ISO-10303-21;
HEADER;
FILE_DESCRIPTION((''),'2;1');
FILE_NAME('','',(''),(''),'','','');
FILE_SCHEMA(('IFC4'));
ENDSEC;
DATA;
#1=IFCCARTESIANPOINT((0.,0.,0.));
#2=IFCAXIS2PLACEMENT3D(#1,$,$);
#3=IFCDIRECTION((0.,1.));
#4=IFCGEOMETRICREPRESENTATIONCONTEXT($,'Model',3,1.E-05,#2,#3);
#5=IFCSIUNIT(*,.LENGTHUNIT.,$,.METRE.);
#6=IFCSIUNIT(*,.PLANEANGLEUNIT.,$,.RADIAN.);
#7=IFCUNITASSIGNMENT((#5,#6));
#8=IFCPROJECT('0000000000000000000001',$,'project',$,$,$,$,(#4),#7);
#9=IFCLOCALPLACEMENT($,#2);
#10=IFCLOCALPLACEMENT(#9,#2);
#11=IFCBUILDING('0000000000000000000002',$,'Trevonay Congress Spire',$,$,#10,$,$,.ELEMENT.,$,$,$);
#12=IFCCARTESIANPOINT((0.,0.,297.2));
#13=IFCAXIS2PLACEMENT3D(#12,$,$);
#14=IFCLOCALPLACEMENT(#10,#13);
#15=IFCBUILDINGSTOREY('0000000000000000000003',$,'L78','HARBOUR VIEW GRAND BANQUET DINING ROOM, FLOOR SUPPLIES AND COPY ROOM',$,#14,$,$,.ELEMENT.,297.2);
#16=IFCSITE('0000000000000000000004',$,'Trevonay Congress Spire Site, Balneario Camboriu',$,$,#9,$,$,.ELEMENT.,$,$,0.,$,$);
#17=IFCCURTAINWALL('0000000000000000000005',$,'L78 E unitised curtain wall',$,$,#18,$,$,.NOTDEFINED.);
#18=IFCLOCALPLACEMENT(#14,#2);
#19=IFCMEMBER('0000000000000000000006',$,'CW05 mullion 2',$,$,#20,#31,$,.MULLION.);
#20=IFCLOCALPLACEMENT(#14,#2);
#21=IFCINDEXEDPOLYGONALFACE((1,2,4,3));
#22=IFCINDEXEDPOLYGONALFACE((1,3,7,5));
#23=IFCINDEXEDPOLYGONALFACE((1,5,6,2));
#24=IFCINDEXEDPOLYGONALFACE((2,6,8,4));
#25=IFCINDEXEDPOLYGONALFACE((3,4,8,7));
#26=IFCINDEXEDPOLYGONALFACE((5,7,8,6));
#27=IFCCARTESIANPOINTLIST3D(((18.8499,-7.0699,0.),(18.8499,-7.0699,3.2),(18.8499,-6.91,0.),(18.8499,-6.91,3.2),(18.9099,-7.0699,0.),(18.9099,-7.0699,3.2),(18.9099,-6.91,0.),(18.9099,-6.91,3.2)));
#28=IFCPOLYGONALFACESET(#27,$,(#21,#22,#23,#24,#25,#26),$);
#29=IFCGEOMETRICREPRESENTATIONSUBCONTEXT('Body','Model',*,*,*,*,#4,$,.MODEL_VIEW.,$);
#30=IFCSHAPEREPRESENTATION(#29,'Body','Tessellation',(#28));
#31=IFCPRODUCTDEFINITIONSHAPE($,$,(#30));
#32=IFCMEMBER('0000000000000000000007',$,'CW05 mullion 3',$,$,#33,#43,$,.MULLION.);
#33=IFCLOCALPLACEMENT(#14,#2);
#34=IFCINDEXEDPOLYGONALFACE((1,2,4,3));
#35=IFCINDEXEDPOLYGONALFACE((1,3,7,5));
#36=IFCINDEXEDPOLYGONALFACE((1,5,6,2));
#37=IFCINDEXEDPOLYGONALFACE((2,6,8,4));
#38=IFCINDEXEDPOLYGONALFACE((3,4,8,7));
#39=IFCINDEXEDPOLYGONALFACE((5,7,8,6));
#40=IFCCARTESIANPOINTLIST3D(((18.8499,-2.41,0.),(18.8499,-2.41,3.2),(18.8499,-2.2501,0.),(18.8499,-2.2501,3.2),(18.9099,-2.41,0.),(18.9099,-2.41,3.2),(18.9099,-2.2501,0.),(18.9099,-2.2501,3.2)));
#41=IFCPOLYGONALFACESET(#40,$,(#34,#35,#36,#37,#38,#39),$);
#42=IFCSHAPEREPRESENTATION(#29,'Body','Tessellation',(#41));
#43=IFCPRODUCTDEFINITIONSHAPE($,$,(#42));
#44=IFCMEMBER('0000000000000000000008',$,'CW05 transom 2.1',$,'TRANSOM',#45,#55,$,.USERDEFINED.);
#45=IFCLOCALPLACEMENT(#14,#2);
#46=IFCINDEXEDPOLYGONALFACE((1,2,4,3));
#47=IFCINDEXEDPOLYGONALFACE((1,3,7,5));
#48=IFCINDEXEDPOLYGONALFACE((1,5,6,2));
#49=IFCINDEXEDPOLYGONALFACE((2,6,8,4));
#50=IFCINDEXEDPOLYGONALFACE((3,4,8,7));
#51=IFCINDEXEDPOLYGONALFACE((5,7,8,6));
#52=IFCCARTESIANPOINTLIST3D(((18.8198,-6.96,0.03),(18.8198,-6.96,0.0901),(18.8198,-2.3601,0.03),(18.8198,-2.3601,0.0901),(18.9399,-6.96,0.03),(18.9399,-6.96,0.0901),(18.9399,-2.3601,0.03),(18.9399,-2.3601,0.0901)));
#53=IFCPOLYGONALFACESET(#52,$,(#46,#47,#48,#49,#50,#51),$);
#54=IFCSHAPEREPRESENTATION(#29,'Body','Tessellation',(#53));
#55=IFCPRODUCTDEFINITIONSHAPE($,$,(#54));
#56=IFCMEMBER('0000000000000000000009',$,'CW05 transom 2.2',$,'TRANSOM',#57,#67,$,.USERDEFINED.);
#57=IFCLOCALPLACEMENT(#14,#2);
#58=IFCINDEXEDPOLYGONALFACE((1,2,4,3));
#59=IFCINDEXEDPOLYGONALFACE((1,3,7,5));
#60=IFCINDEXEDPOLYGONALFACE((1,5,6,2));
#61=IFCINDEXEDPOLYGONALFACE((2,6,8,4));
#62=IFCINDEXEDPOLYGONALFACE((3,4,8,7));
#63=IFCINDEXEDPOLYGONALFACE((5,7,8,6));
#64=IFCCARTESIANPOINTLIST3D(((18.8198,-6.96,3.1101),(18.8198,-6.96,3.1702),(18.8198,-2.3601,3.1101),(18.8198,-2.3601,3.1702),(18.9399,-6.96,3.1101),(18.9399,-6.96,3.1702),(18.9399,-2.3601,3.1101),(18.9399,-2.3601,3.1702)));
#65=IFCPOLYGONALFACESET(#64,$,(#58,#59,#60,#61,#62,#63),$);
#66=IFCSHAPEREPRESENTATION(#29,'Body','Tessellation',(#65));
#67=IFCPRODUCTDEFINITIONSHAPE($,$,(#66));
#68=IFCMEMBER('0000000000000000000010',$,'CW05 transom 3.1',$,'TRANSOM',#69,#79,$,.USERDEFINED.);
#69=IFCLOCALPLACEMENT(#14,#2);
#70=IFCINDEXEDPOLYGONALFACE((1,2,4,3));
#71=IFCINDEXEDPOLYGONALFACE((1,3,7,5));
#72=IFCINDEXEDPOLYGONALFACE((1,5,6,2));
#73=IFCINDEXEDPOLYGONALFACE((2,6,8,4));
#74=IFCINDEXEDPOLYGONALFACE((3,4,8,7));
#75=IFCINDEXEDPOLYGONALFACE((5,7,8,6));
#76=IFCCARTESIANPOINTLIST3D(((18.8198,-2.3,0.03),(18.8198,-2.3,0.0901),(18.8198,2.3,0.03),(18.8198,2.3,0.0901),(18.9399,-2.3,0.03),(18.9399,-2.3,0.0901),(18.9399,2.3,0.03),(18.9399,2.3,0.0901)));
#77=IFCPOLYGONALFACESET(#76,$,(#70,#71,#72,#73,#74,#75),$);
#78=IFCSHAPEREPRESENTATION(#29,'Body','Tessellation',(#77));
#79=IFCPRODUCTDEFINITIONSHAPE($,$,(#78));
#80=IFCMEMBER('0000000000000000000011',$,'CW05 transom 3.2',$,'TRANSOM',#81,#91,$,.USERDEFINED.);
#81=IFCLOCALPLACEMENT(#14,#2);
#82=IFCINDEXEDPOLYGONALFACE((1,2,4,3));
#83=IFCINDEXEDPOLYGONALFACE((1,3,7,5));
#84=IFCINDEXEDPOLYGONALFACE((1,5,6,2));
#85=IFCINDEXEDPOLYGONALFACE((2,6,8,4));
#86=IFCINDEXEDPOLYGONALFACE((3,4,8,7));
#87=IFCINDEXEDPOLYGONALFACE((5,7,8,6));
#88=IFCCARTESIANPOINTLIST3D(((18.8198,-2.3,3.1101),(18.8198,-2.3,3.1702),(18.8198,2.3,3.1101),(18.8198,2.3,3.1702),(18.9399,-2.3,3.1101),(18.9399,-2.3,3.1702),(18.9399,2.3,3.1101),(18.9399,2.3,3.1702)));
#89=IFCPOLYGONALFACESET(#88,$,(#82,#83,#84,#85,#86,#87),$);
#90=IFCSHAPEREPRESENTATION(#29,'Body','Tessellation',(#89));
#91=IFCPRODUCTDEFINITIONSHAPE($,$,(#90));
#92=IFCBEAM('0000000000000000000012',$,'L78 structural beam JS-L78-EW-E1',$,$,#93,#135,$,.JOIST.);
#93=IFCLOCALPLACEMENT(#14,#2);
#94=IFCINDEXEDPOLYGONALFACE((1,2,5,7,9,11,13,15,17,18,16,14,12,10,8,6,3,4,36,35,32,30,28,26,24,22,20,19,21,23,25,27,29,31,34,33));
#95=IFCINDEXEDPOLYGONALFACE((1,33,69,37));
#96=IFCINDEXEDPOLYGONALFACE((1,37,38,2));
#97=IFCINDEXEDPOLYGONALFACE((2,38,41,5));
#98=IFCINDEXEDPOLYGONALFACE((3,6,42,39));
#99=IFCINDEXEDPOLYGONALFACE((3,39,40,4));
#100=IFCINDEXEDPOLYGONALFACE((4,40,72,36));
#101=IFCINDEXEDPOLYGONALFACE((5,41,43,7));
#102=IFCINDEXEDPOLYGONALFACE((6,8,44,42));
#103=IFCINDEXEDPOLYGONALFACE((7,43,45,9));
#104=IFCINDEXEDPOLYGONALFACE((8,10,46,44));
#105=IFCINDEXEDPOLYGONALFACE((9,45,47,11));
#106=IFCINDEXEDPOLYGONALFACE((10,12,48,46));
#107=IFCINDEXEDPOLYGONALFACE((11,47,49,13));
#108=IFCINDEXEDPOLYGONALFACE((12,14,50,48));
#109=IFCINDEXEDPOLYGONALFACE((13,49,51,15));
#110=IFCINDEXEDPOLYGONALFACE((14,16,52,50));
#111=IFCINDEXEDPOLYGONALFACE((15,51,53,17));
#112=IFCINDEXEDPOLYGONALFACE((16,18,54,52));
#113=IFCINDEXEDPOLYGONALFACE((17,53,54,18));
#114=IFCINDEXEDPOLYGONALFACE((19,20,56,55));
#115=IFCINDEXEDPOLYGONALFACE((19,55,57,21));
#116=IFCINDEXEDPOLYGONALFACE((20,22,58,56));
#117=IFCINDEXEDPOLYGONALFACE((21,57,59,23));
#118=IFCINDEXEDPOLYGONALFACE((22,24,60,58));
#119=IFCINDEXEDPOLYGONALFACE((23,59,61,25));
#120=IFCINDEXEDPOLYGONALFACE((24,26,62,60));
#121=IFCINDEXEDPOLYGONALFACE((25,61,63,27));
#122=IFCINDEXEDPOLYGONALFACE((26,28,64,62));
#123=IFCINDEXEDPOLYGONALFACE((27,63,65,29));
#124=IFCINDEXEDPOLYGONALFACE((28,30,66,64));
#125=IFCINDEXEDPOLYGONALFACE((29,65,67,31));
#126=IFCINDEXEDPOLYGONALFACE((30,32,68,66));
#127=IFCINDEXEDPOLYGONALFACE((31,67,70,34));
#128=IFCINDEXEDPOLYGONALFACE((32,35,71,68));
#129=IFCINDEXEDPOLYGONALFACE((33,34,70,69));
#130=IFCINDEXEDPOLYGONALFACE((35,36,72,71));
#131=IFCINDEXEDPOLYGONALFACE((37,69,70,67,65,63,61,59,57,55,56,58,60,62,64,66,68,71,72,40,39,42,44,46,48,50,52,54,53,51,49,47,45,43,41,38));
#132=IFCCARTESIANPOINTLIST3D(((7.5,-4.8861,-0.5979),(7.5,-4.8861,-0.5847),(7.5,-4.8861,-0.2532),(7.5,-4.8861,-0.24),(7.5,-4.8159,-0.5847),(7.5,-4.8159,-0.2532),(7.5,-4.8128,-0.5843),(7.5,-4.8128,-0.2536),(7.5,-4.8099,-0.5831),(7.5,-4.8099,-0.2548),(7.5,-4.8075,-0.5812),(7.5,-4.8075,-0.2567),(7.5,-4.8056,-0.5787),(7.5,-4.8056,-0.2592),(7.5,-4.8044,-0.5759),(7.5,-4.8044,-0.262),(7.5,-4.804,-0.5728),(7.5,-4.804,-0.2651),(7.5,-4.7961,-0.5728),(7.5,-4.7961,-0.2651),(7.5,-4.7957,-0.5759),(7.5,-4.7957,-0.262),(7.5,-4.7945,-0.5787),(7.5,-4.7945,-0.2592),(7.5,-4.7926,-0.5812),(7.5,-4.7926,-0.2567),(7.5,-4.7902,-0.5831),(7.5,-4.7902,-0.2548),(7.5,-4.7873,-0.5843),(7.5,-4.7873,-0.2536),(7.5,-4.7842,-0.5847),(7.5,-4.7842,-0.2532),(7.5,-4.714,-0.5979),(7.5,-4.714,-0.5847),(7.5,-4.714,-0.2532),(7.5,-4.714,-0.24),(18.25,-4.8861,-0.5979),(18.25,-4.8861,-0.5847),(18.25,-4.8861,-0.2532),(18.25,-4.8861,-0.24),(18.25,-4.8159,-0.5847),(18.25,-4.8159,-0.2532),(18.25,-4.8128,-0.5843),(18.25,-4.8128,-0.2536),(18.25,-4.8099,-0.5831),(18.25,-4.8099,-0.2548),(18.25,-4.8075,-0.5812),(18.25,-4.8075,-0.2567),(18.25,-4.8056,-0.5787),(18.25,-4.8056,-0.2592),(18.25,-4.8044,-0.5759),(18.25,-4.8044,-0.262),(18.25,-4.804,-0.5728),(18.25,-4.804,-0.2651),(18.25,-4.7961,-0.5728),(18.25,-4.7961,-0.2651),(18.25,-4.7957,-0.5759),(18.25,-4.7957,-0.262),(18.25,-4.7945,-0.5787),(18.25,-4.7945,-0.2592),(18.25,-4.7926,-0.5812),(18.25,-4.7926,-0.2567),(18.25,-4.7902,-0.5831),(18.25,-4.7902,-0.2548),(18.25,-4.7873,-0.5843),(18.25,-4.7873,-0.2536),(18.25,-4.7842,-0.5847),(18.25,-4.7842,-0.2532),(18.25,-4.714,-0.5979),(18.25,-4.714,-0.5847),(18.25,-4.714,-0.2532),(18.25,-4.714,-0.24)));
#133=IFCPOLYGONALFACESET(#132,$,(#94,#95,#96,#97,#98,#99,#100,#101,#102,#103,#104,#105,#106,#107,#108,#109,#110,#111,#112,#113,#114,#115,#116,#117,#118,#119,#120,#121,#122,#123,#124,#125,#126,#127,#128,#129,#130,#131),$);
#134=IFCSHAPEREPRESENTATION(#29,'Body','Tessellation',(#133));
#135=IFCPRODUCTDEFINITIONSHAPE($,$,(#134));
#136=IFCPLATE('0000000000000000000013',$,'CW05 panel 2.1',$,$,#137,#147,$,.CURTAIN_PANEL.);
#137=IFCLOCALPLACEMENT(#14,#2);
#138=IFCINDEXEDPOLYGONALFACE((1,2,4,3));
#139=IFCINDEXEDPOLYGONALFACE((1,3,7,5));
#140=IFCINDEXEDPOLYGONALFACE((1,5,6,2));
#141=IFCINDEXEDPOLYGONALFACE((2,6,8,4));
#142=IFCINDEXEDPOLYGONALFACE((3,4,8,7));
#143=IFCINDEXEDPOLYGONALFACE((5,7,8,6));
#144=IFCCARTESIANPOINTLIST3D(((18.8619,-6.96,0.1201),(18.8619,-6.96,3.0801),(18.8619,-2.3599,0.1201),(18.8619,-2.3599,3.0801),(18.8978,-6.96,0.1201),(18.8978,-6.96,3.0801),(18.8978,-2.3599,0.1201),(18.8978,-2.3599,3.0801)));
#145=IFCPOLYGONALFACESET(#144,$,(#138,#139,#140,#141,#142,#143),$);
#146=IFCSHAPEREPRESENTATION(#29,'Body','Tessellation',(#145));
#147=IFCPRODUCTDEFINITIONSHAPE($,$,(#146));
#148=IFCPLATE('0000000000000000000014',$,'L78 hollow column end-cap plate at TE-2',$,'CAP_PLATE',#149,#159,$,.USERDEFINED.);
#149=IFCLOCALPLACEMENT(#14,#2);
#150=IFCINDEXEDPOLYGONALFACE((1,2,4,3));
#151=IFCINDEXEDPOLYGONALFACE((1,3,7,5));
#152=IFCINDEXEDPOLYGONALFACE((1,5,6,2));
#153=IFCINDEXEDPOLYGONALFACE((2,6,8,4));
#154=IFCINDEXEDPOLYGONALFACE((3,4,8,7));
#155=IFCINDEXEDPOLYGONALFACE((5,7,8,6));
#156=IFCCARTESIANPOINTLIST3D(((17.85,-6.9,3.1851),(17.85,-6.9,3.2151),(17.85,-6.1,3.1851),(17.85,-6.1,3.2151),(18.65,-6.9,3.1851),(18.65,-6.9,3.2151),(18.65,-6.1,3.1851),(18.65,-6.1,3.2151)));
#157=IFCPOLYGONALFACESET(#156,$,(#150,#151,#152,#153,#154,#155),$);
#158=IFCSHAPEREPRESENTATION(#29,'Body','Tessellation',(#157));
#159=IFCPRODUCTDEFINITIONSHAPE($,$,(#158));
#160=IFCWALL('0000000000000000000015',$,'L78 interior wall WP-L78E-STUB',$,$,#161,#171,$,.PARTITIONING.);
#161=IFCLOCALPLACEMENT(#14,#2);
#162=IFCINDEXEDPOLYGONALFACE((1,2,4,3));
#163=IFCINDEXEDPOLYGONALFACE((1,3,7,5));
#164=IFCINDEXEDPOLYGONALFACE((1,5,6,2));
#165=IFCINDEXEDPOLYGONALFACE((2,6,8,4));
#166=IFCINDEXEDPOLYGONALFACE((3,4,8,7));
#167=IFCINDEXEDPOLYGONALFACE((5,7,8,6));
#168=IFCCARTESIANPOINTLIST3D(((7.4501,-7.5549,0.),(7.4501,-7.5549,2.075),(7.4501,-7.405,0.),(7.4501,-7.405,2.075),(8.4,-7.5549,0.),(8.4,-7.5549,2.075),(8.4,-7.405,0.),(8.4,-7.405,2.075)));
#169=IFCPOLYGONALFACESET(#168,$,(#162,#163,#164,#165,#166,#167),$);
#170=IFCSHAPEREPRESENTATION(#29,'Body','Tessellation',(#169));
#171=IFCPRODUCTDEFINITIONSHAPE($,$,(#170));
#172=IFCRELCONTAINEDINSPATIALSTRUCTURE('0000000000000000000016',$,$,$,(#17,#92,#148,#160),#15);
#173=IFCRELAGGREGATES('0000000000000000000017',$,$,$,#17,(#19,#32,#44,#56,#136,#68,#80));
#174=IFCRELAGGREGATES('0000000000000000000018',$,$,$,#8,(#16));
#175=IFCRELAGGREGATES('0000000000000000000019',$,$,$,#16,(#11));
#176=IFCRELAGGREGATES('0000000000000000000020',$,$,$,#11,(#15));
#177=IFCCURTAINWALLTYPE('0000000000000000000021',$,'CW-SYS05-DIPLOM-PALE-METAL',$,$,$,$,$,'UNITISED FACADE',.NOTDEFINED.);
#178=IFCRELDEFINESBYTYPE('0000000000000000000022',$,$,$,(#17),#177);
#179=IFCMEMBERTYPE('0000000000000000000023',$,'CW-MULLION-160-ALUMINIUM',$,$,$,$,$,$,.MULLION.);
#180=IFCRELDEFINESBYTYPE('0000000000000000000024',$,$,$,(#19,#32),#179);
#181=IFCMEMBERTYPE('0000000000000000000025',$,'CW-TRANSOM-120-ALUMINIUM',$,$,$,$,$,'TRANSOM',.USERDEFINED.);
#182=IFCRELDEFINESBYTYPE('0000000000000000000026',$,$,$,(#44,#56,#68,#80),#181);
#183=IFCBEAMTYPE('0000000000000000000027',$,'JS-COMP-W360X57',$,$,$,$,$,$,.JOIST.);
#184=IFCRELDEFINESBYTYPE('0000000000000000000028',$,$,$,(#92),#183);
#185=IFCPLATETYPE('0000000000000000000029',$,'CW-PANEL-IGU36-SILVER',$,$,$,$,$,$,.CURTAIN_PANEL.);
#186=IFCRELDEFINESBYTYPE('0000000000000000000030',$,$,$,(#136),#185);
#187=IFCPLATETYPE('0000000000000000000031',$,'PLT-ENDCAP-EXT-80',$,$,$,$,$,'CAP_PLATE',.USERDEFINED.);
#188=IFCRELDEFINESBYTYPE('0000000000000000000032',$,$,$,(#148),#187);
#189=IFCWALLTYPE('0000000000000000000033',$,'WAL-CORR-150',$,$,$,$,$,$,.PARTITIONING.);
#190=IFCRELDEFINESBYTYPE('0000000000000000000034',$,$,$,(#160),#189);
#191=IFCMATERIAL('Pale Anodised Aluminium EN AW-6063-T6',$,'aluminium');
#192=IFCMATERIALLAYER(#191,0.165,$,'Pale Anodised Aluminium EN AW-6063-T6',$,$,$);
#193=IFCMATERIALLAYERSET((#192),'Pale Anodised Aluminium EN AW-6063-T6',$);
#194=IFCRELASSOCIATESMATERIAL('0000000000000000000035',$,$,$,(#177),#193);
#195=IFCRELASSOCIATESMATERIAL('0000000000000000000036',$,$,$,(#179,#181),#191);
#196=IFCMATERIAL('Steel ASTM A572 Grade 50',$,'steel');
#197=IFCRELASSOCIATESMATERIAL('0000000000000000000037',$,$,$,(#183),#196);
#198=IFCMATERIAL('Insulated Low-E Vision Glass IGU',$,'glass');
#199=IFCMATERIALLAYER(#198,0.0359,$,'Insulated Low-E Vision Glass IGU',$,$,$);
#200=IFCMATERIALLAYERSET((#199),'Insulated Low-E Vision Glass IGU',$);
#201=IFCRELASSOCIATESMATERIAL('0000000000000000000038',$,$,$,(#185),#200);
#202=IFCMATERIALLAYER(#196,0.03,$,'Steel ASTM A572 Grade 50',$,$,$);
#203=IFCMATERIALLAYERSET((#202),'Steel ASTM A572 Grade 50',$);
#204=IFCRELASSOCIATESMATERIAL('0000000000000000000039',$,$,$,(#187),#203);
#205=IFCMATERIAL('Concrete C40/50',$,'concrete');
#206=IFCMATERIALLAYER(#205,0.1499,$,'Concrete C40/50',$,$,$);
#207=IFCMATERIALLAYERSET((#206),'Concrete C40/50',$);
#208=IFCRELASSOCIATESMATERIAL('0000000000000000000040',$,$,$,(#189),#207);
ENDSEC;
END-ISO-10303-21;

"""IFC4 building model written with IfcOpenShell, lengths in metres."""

from ifc_helpers import new_model, si_unit, direction, frame, frame_2d, origin, origin_2d, place, context, subcontext, project, spatial, rectangle, i_section, extrude, material, layer, layer_set, material_profile, profile_set, type_object, element, aggregate, save


model = new_model("IFC4")

# Units and contexts
model_context = context("Model", 3, precision=1e-05, world=origin(), true_north=direction((0.0, 1.0)))
body_context = subcontext(model_context, "Body", "Model", "MODEL_VIEW")
ifc_project = project(units=[si_unit("LENGTHUNIT", "METRE"), si_unit("PLANEANGLEUNIT", "RADIAN")], contexts=[model_context])

# Site, building, storey
site_placement = place(None, origin())
site = spatial("IfcSite", under=ifc_project, at=site_placement, Name="Trevonay Congress Spire Site, Balneario Camboriu", CompositionType="ELEMENT", RefElevation=0.0)
building_placement = place(site_placement, origin())
building = spatial("IfcBuilding", under=site, at=building_placement, Name="Trevonay Congress Spire", CompositionType="ELEMENT")
storey_placement = place(building_placement, frame((0.0, 0.0, 297.2)))
storey = spatial("IfcBuildingStorey", under=building, at=storey_placement, Name="L78", Description="HARBOUR VIEW GRAND BANQUET DINING ROOM, FLOOR SUPPLIES AND COPY ROOM", CompositionType="ELEMENT", Elevation=297.2)

# Shared definitions
ifc_material_1 = material(Name="Steel ASTM A572 Grade 50", Category="steel")

# Curtain wall, members
ifc_material_2 = material(Name="Pale Anodised Aluminium EN AW-6063-T6", Category="aluminium")
ifc_layer_1 = layer(ifc_material_2, 0.165, Name="Pale Anodised Aluminium EN AW-6063-T6")
ifc_layer_set_1 = layer_set([ifc_layer_1], Name="Pale Anodised Aluminium EN AW-6063-T6")
curtain_wall_type = type_object("IfcCurtainWallType", Name="CW-SYS05-DIPLOM-PALE-METAL", ElementType="UNITISED FACADE", PredefinedType="NOTDEFINED", material=ifc_layer_set_1)
curtain_wall_placement = place(storey_placement, origin())
curtain_wall = element("IfcCurtainWall", 1, at=curtain_wall_placement, inside=storey, type_object=curtain_wall_type, Name="L78 E unitised curtain wall", PredefinedType="NOTDEFINED")
ifc_material_profile_1 = material_profile(ifc_material_2, rectangle(XDim=0.0601, YDim=0.1599, at=origin_2d()), Name="CW-MULLION-160-ALUMINIUM")
ifc_profile_set_1 = profile_set([ifc_material_profile_1], Name="Pale Anodised Aluminium EN AW-6063-T6")
member_type_1 = type_object("IfcMemberType", Name="CW-MULLION-160-ALUMINIUM", PredefinedType="MULLION", material=ifc_profile_set_1)
member_1_placement = place(storey_placement, frame((18.8799, -6.99, 0.0), z_axis=(0.0, 0.0, 1.0), x_axis=(-1.0, 0.0, 0.0)))
member_1 = element("IfcMember", 2, at=member_1_placement, type_object=member_type_1, Name="CW05 mullion 2", PredefinedType="MULLION", context=body_context, shape_type="SweptSolid", body=[
    extrude(rectangle(XDim=0.0601, YDim=0.1599, at=origin_2d()), origin(), (0.0, 0.0, 1.0), 3.2),
])
member_2_placement = place(storey_placement, frame((18.8799, -2.3301, 0.0), z_axis=(0.0, 0.0, 1.0), x_axis=(-1.0, 0.0, 0.0)))
member_2 = element("IfcMember", 3, at=member_2_placement, type_object=member_type_1, Name="CW05 mullion 3", PredefinedType="MULLION", context=body_context, shape_type="SweptSolid", body=[
    extrude(rectangle(XDim=0.0601, YDim=0.1599, at=origin_2d()), origin(), (0.0, 0.0, 1.0), 3.2),
])
ifc_material_profile_2 = material_profile(ifc_material_2, rectangle(XDim=0.1201, YDim=0.0601, at=origin_2d()), Name="CW-TRANSOM-120-ALUMINIUM")
ifc_profile_set_2 = profile_set([ifc_material_profile_2], Name="Pale Anodised Aluminium EN AW-6063-T6")
member_type_2 = type_object("IfcMemberType", Name="CW-TRANSOM-120-ALUMINIUM", ElementType="TRANSOM", PredefinedType="USERDEFINED", material=ifc_profile_set_2)
member_3_placement = place(storey_placement, frame((18.8799, -6.96, 0.0601), z_axis=(0.0, 1.0, 0.0), x_axis=(-1.0, 0.0, 0.0)))
member_3 = element("IfcMember", 4, at=member_3_placement, type_object=member_type_2, Name="CW05 transom 2.1", ObjectType="TRANSOM", PredefinedType="USERDEFINED", context=body_context, shape_type="SweptSolid", body=[
    extrude(rectangle(XDim=0.1201, YDim=0.0601, at=origin_2d()), origin(), (0.0, 0.0, 1.0), 4.5999),
])
member_4_placement = place(storey_placement, frame((18.8799, -6.96, 3.1401), z_axis=(0.0, 1.0, 0.0), x_axis=(-1.0, 0.0, 0.0)))
member_4 = element("IfcMember", 5, at=member_4_placement, type_object=member_type_2, Name="CW05 transom 2.2", ObjectType="TRANSOM", PredefinedType="USERDEFINED", context=body_context, shape_type="SweptSolid", body=[
    extrude(rectangle(XDim=0.1201, YDim=0.0601, at=origin_2d()), origin(), (0.0, 0.0, 1.0), 4.5999),
])
member_5_placement = place(storey_placement, frame((18.8799, -2.3, 0.0601), z_axis=(0.0, 1.0, 0.0), x_axis=(-1.0, 0.0, 0.0)))
member_5 = element("IfcMember", 6, at=member_5_placement, type_object=member_type_2, Name="CW05 transom 3.1", ObjectType="TRANSOM", PredefinedType="USERDEFINED", context=body_context, shape_type="SweptSolid", body=[
    extrude(rectangle(XDim=0.1201, YDim=0.0601, at=origin_2d()), origin(), (0.0, 0.0, 1.0), 4.6001),
])
member_6_placement = place(storey_placement, frame((18.8799, -2.3, 3.1401), z_axis=(0.0, 1.0, 0.0), x_axis=(-1.0, 0.0, 0.0)))
member_6 = element("IfcMember", 7, at=member_6_placement, type_object=member_type_2, Name="CW05 transom 3.2", ObjectType="TRANSOM", PredefinedType="USERDEFINED", context=body_context, shape_type="SweptSolid", body=[
    extrude(rectangle(XDim=0.1201, YDim=0.0601, at=origin_2d()), origin(), (0.0, 0.0, 1.0), 4.6001),
])

# Beam
ifc_material_profile_3 = material_profile(ifc_material_1, i_section(OverallWidth=0.1721, OverallDepth=0.3579, WebThickness=0.0078, FlangeThickness=0.0132, FilletRadius=0.012, at=origin_2d()), Name="W360x57.8")
ifc_profile_set_3 = profile_set([ifc_material_profile_3], Name="Steel ASTM A572 Grade 50")
beam_type_1 = type_object("IfcBeamType", Name="JS-COMP-W360X57", PredefinedType="JOIST", material=ifc_profile_set_3)
beam_1_placement = place(storey_placement, frame((7.5, -4.8, -0.4189), z_axis=(1.0, 0.0, 0.0), x_axis=(0.0, 1.0, 0.0)))
element("IfcBeam", 8, at=beam_1_placement, inside=storey, type_object=beam_type_1, Name="L78 structural beam JS-L78-EW-E1", PredefinedType="JOIST", context=body_context, shape_type="SweptSolid", body=[
    extrude(i_section(OverallWidth=0.1721, OverallDepth=0.3579, WebThickness=0.0078, FlangeThickness=0.0132, FilletRadius=0.012, at=origin_2d()), origin(), (0.0, 0.0, 1.0), 10.75),
])

# Plates
ifc_material_3 = material(Name="Insulated Low-E Vision Glass IGU", Category="glass")
ifc_layer_2 = layer(ifc_material_3, 0.0359, Name="Insulated Low-E Vision Glass IGU")
ifc_layer_set_2 = layer_set([ifc_layer_2], Name="Insulated Low-E Vision Glass IGU")
plate_type_1 = type_object("IfcPlateType", Name="CW-PANEL-IGU36-SILVER", PredefinedType="CURTAIN_PANEL", material=ifc_layer_set_2)
plate_1_placement = place(storey_placement, frame((18.8799, -4.6599, 0.1201), z_axis=(0.0, 0.0, 1.0), x_axis=(0.0, 1.0, 0.0)))
plate_1 = element("IfcPlate", 9, at=plate_1_placement, type_object=plate_type_1, Name="CW05 panel 2.1", PredefinedType="CURTAIN_PANEL", context=body_context, shape_type="SweptSolid", body=[
    extrude(rectangle(XDim=4.6001, YDim=0.0359, at=origin_2d()), origin(), (0.0, 0.0, 1.0), 2.96),
])
aggregate(curtain_wall, [member_1, member_2, member_3, member_4, plate_1, member_5, member_6])
ifc_layer_3 = layer(ifc_material_1, 0.03, Name="Steel ASTM A572 Grade 50")
ifc_layer_set_3 = layer_set([ifc_layer_3], Name="Steel ASTM A572 Grade 50")
plate_type_2 = type_object("IfcPlateType", Name="PLT-ENDCAP-EXT-80", ElementType="CAP_PLATE", PredefinedType="USERDEFINED", material=ifc_layer_set_3)
plate_2_placement = place(storey_placement, frame((18.25, -6.5, 3.1851), z_axis=(0.0, 0.0, 1.0), x_axis=(1.0, 0.0, 0.0)))
element("IfcPlate", 10, at=plate_2_placement, inside=storey, type_object=plate_type_2, Name="L78 hollow column end-cap plate at TE-2", ObjectType="CAP_PLATE", PredefinedType="USERDEFINED", context=body_context, shape_type="SweptSolid", body=[
    extrude(rectangle(XDim=0.8, YDim=0.8, at=origin_2d()), origin(), (0.0, 0.0, 1.0), 0.03),
])

# Wall
ifc_material_4 = material(Name="Concrete C40/50", Category="concrete")
ifc_layer_4 = layer(ifc_material_4, 0.1499, Name="Concrete C40/50")
ifc_layer_set_4 = layer_set([ifc_layer_4], Name="Concrete C40/50")
wall_type_1 = type_object("IfcWallType", Name="WAL-CORR-150", PredefinedType="PARTITIONING", material=ifc_layer_set_4)
wall_1_placement = place(storey_placement, frame((7.45, -7.48, 0.0), z_axis=(0.0, 0.0, 1.0), x_axis=(1.0, 0.0, 0.0)))
element("IfcWall", 11, at=wall_1_placement, inside=storey, type_object=wall_type_1, Name="L78 interior wall WP-L78E-STUB", PredefinedType="PARTITIONING", context=body_context, shape_type="SweptSolid", body=[
    extrude(rectangle(XDim=0.95, YDim=0.1499, at=frame_2d((0.4751, 0.0))), origin(), (0.0, 0.0, 1.0), 2.075),
])

save(model, "model.ifc")
